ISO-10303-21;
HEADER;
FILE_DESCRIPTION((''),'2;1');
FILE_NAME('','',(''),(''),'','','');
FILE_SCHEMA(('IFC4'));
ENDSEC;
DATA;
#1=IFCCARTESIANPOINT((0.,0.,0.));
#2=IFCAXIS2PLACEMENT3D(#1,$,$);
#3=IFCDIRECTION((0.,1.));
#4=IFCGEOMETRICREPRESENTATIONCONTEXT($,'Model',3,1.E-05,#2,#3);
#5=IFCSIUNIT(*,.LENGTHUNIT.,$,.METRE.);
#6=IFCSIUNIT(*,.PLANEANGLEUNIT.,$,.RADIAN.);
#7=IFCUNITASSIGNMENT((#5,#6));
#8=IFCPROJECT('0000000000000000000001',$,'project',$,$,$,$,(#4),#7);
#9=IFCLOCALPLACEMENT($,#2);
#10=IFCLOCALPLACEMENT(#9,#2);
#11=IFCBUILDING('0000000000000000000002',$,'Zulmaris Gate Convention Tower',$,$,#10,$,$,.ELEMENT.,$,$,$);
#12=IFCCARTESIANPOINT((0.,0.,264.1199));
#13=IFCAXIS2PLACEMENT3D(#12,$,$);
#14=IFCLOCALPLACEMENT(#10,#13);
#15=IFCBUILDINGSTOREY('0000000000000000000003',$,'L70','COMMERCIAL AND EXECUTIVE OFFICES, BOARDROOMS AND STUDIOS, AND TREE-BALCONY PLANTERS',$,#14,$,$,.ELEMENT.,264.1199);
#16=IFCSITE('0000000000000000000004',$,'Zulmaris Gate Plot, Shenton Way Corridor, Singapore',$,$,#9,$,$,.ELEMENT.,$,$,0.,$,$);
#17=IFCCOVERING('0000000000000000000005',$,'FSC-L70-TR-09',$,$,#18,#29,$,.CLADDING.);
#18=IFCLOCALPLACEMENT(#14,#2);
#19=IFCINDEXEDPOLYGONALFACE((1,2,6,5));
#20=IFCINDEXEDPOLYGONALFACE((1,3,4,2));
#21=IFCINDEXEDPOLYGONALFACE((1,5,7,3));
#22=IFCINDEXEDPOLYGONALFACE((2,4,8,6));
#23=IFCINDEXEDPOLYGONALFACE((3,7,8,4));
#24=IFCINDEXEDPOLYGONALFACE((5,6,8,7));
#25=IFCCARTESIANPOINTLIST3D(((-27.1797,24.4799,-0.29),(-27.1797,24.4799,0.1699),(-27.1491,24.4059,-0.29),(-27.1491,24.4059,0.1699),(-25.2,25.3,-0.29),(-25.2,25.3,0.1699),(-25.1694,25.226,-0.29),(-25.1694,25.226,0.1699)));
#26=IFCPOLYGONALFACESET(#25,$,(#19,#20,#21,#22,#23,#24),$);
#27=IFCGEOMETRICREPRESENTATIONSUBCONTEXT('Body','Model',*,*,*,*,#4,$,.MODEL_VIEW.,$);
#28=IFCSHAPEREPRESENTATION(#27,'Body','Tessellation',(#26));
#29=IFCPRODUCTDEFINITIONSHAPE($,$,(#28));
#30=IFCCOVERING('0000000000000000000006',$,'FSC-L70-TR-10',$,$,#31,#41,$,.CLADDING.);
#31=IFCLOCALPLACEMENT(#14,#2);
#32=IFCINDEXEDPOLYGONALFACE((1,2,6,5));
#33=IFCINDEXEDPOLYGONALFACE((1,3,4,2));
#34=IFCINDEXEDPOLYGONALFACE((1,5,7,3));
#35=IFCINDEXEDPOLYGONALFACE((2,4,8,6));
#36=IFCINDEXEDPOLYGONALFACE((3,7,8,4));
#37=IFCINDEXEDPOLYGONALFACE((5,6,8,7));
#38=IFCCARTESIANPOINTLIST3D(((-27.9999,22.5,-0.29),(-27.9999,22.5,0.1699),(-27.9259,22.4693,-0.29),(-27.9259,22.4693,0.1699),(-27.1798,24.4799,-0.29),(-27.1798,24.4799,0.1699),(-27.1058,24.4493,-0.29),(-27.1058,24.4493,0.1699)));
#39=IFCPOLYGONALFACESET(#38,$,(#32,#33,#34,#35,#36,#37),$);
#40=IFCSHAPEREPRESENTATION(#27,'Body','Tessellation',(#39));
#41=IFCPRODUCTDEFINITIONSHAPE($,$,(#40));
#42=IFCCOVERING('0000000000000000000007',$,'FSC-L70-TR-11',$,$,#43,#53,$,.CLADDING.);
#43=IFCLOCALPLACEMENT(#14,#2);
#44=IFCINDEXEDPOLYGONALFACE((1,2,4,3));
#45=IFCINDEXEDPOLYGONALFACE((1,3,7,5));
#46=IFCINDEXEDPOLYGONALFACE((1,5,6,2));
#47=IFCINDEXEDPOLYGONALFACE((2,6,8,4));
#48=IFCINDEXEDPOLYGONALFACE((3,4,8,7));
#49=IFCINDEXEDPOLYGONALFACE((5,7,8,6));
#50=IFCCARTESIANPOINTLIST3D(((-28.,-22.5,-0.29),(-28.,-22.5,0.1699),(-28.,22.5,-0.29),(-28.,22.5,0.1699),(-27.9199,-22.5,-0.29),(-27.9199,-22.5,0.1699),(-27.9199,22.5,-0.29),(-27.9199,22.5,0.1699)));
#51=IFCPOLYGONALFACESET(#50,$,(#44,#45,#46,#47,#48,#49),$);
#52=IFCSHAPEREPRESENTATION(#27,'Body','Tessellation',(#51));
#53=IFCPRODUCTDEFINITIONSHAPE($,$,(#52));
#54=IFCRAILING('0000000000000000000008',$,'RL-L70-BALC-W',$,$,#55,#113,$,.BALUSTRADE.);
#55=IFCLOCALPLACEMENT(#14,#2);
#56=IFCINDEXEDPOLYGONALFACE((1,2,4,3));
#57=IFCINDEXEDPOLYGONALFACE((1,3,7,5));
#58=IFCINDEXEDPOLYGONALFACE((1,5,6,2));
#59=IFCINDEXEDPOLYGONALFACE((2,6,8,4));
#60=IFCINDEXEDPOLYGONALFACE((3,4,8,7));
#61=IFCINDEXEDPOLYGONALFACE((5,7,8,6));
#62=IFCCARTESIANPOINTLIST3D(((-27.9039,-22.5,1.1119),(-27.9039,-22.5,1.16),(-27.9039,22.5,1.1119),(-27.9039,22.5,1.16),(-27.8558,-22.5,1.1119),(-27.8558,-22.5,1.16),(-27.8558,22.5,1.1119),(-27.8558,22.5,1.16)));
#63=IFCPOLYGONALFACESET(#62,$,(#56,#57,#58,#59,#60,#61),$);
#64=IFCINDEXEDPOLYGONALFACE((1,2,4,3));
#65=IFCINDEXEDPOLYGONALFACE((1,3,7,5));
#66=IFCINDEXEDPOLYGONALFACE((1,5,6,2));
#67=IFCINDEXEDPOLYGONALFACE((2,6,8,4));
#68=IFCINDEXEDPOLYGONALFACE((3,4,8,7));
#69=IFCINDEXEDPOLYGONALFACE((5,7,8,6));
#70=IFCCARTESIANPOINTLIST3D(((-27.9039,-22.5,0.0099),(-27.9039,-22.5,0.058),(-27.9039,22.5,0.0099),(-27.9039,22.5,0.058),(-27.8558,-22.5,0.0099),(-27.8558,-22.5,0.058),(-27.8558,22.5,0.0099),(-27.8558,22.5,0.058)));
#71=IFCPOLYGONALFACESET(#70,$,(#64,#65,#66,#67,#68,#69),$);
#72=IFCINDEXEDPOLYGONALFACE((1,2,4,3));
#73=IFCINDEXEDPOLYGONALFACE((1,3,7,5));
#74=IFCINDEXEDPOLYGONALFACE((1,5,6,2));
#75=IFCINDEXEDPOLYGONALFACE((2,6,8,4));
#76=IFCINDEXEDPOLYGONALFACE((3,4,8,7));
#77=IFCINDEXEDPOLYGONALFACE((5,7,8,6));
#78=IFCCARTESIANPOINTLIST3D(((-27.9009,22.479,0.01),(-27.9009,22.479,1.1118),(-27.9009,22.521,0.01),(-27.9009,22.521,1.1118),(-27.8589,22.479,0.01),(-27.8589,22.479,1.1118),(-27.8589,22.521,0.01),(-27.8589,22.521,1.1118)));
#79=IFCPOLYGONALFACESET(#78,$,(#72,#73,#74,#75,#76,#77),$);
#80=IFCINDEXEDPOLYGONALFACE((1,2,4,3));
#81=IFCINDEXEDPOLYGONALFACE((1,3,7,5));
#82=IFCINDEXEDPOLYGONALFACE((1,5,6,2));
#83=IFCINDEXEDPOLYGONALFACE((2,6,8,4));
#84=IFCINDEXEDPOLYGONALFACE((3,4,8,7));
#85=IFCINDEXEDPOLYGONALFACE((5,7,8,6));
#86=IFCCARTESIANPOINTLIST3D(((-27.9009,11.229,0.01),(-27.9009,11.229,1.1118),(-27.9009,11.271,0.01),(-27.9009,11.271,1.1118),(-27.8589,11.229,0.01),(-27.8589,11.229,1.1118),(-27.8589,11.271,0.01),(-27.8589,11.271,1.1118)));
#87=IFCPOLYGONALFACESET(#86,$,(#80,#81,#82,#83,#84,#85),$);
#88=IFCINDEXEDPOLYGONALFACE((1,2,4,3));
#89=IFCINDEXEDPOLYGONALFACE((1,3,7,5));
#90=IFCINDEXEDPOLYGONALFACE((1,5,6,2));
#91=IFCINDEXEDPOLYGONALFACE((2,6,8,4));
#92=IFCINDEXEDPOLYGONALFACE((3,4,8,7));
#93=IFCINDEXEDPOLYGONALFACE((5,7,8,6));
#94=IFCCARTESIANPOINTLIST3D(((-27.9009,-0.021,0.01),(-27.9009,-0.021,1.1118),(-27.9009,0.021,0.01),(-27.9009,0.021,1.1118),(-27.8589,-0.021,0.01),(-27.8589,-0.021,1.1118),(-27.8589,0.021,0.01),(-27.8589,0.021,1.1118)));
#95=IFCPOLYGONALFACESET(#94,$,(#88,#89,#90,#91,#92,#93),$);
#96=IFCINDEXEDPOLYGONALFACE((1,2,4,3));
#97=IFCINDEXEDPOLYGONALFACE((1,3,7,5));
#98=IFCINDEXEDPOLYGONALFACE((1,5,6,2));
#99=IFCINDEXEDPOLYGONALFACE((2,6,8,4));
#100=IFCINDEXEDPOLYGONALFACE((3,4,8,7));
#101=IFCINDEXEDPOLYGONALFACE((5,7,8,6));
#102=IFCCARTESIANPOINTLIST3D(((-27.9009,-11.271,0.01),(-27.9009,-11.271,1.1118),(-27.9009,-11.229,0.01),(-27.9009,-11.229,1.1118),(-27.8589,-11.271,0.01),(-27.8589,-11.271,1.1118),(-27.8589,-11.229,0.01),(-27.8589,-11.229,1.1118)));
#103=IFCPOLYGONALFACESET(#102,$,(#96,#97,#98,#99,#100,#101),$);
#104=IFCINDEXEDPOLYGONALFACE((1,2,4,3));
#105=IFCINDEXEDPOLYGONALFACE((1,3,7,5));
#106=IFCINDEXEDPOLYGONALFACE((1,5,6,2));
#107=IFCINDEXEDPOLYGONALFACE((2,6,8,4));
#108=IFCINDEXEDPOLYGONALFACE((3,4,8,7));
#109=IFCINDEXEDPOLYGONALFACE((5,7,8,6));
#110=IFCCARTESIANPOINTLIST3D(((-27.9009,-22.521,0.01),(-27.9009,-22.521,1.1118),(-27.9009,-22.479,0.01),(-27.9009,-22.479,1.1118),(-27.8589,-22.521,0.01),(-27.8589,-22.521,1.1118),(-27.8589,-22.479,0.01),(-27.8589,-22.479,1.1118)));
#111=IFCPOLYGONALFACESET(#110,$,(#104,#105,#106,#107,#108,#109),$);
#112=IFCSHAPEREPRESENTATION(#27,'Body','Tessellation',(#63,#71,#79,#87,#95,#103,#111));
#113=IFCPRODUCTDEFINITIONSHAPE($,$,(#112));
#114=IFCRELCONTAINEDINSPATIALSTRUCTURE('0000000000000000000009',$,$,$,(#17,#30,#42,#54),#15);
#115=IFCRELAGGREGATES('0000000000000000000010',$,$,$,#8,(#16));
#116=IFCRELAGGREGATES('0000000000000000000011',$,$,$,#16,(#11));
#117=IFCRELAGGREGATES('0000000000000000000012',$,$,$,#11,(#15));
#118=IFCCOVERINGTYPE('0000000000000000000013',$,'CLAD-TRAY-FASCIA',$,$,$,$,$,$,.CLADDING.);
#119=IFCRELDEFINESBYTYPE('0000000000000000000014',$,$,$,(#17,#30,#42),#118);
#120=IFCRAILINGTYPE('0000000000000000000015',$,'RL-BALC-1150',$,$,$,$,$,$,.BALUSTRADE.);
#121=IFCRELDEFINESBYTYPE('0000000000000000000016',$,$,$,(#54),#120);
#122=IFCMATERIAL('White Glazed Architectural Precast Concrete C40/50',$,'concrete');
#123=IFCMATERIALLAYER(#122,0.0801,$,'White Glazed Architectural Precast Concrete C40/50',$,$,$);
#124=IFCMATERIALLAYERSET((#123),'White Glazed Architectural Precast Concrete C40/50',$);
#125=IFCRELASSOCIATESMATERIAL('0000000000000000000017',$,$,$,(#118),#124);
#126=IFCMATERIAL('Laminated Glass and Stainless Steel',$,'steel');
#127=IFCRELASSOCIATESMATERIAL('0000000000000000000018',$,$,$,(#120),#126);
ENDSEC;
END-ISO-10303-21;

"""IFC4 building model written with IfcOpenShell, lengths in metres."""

from ifc_helpers import new_model, si_unit, direction, frame, frame_2d, origin, origin_2d, place, context, subcontext, project, spatial, rectangle, extrude, material, layer, layer_set, type_object, element, save


model = new_model("IFC4")

# Units and contexts
model_context = context("Model", 3, precision=1e-05, world=origin(), true_north=direction((0.0, 1.0)))
body_context = subcontext(model_context, "Body", "Model", "MODEL_VIEW")
ifc_project = project(units=[si_unit("LENGTHUNIT", "METRE"), si_unit("PLANEANGLEUNIT", "RADIAN")], contexts=[model_context])

# Site, building, storey
site_placement = place(None, origin())
site = spatial("IfcSite", under=ifc_project, at=site_placement, Name="Zulmaris Gate Plot, Shenton Way Corridor, Singapore", CompositionType="ELEMENT", RefElevation=0.0)
building_placement = place(site_placement, origin())
building = spatial("IfcBuilding", under=site, at=building_placement, Name="Zulmaris Gate Convention Tower", CompositionType="ELEMENT")
storey_placement = place(building_placement, frame((0.0, 0.0, 264.1199)))
storey = spatial("IfcBuildingStorey", under=building, at=storey_placement, Name="L70", Description="COMMERCIAL AND EXECUTIVE OFFICES, BOARDROOMS AND STUDIOS, AND TREE-BALCONY PLANTERS", CompositionType="ELEMENT", Elevation=264.1199)

# Coverings
ifc_material_1 = material(Name="White Glazed Architectural Precast Concrete C40/50", Category="concrete")
ifc_layer_1 = layer(ifc_material_1, 0.0801, Name="White Glazed Architectural Precast Concrete C40/50")
ifc_layer_set_1 = layer_set([ifc_layer_1], Name="White Glazed Architectural Precast Concrete C40/50")
covering_type_1 = type_object("IfcCoveringType", Name="CLAD-TRAY-FASCIA", PredefinedType="CLADDING", material=ifc_layer_set_1)
covering_1_placement = place(storey_placement, frame((-25.1848, 25.2629, -0.29), z_axis=(0.0, 0.0, 1.0), x_axis=(-0.923874, -0.382697, 0.0)))
element("IfcCovering", 1, at=covering_1_placement, inside=storey, type_object=covering_type_1, Name="FSC-L70-TR-09", PredefinedType="CLADDING", context=body_context, shape_type="SweptSolid", body=[
    extrude(rectangle(XDim=2.1428, YDim=0.0801, at=frame_2d((1.0713, 0.0))), origin(), (0.0, 0.0, 1.0), 0.46),
])
covering_2_placement = place(storey_placement, frame((-27.1428, 24.4646, -0.29), z_axis=(0.0, 0.0, 1.0), x_axis=(-0.382657, -0.92389, 0.0)))
element("IfcCovering", 2, at=covering_2_placement, inside=storey, type_object=covering_type_1, Name="FSC-L70-TR-10", PredefinedType="CLADDING", context=body_context, shape_type="SweptSolid", body=[
    extrude(rectangle(XDim=2.1431, YDim=0.0801, at=frame_2d((1.0715, 0.0))), origin(), (0.0, 0.0, 1.0), 0.46),
])
covering_3_placement = place(storey_placement, frame((-27.96, 22.5, -0.29), z_axis=(0.0, 0.0, 1.0), x_axis=(0.0, -1.0, 0.0)))
element("IfcCovering", 3, at=covering_3_placement, inside=storey, type_object=covering_type_1, Name="FSC-L70-TR-11", PredefinedType="CLADDING", context=body_context, shape_type="SweptSolid", body=[
    extrude(rectangle(XDim=45.0, YDim=0.0801, at=frame_2d((22.5, 0.0))), origin(), (0.0, 0.0, 1.0), 0.46),
])

# Railing
ifc_material_2 = material(Name="Laminated Glass and Stainless Steel", Category="steel")
railing_type = type_object("IfcRailingType", Name="RL-BALC-1150", PredefinedType="BALUSTRADE", material=ifc_material_2)
railing_placement = place(storey_placement, frame((-27.8799, 22.5, 0.01)))
element("IfcRailing", 4, at=railing_placement, inside=storey, type_object=railing_type, Name="RL-L70-BALC-W", PredefinedType="BALUSTRADE", context=body_context, shape_type="SweptSolid", body=[
    extrude(rectangle(XDim=0.0481, YDim=0.0481, at=origin_2d()), frame((0.0, 0.0, 1.126), z_axis=(0.0, -1.0, 0.0), x_axis=(1.0, 0.0, 0.0)), (0.0, 0.0, 1.0), 45.0),
    extrude(rectangle(XDim=0.0481, YDim=0.0481, at=origin_2d()), frame((0.0, 0.0, 0.0239), z_axis=(0.0, -1.0, 0.0), x_axis=(1.0, 0.0, 0.0)), (0.0, 0.0, 1.0), 45.0),
    extrude(rectangle(XDim=0.042, YDim=0.042, at=origin_2d()), origin(), (0.0, 0.0, 1.0), 1.1018),
    extrude(rectangle(XDim=0.042, YDim=0.042, at=origin_2d()), frame((0.0, -11.25, 0.0)), (0.0, 0.0, 1.0), 1.1018),
    extrude(rectangle(XDim=0.042, YDim=0.042, at=origin_2d()), frame((0.0, -22.5, 0.0)), (0.0, 0.0, 1.0), 1.1018),
    extrude(rectangle(XDim=0.042, YDim=0.042, at=origin_2d()), frame((0.0, -33.75, 0.0)), (0.0, 0.0, 1.0), 1.1018),
    extrude(rectangle(XDim=0.042, YDim=0.042, at=origin_2d()), frame((0.0, -45.0, 0.0)), (0.0, 0.0, 1.0), 1.1018),
])

save(model, "model.ifc")
